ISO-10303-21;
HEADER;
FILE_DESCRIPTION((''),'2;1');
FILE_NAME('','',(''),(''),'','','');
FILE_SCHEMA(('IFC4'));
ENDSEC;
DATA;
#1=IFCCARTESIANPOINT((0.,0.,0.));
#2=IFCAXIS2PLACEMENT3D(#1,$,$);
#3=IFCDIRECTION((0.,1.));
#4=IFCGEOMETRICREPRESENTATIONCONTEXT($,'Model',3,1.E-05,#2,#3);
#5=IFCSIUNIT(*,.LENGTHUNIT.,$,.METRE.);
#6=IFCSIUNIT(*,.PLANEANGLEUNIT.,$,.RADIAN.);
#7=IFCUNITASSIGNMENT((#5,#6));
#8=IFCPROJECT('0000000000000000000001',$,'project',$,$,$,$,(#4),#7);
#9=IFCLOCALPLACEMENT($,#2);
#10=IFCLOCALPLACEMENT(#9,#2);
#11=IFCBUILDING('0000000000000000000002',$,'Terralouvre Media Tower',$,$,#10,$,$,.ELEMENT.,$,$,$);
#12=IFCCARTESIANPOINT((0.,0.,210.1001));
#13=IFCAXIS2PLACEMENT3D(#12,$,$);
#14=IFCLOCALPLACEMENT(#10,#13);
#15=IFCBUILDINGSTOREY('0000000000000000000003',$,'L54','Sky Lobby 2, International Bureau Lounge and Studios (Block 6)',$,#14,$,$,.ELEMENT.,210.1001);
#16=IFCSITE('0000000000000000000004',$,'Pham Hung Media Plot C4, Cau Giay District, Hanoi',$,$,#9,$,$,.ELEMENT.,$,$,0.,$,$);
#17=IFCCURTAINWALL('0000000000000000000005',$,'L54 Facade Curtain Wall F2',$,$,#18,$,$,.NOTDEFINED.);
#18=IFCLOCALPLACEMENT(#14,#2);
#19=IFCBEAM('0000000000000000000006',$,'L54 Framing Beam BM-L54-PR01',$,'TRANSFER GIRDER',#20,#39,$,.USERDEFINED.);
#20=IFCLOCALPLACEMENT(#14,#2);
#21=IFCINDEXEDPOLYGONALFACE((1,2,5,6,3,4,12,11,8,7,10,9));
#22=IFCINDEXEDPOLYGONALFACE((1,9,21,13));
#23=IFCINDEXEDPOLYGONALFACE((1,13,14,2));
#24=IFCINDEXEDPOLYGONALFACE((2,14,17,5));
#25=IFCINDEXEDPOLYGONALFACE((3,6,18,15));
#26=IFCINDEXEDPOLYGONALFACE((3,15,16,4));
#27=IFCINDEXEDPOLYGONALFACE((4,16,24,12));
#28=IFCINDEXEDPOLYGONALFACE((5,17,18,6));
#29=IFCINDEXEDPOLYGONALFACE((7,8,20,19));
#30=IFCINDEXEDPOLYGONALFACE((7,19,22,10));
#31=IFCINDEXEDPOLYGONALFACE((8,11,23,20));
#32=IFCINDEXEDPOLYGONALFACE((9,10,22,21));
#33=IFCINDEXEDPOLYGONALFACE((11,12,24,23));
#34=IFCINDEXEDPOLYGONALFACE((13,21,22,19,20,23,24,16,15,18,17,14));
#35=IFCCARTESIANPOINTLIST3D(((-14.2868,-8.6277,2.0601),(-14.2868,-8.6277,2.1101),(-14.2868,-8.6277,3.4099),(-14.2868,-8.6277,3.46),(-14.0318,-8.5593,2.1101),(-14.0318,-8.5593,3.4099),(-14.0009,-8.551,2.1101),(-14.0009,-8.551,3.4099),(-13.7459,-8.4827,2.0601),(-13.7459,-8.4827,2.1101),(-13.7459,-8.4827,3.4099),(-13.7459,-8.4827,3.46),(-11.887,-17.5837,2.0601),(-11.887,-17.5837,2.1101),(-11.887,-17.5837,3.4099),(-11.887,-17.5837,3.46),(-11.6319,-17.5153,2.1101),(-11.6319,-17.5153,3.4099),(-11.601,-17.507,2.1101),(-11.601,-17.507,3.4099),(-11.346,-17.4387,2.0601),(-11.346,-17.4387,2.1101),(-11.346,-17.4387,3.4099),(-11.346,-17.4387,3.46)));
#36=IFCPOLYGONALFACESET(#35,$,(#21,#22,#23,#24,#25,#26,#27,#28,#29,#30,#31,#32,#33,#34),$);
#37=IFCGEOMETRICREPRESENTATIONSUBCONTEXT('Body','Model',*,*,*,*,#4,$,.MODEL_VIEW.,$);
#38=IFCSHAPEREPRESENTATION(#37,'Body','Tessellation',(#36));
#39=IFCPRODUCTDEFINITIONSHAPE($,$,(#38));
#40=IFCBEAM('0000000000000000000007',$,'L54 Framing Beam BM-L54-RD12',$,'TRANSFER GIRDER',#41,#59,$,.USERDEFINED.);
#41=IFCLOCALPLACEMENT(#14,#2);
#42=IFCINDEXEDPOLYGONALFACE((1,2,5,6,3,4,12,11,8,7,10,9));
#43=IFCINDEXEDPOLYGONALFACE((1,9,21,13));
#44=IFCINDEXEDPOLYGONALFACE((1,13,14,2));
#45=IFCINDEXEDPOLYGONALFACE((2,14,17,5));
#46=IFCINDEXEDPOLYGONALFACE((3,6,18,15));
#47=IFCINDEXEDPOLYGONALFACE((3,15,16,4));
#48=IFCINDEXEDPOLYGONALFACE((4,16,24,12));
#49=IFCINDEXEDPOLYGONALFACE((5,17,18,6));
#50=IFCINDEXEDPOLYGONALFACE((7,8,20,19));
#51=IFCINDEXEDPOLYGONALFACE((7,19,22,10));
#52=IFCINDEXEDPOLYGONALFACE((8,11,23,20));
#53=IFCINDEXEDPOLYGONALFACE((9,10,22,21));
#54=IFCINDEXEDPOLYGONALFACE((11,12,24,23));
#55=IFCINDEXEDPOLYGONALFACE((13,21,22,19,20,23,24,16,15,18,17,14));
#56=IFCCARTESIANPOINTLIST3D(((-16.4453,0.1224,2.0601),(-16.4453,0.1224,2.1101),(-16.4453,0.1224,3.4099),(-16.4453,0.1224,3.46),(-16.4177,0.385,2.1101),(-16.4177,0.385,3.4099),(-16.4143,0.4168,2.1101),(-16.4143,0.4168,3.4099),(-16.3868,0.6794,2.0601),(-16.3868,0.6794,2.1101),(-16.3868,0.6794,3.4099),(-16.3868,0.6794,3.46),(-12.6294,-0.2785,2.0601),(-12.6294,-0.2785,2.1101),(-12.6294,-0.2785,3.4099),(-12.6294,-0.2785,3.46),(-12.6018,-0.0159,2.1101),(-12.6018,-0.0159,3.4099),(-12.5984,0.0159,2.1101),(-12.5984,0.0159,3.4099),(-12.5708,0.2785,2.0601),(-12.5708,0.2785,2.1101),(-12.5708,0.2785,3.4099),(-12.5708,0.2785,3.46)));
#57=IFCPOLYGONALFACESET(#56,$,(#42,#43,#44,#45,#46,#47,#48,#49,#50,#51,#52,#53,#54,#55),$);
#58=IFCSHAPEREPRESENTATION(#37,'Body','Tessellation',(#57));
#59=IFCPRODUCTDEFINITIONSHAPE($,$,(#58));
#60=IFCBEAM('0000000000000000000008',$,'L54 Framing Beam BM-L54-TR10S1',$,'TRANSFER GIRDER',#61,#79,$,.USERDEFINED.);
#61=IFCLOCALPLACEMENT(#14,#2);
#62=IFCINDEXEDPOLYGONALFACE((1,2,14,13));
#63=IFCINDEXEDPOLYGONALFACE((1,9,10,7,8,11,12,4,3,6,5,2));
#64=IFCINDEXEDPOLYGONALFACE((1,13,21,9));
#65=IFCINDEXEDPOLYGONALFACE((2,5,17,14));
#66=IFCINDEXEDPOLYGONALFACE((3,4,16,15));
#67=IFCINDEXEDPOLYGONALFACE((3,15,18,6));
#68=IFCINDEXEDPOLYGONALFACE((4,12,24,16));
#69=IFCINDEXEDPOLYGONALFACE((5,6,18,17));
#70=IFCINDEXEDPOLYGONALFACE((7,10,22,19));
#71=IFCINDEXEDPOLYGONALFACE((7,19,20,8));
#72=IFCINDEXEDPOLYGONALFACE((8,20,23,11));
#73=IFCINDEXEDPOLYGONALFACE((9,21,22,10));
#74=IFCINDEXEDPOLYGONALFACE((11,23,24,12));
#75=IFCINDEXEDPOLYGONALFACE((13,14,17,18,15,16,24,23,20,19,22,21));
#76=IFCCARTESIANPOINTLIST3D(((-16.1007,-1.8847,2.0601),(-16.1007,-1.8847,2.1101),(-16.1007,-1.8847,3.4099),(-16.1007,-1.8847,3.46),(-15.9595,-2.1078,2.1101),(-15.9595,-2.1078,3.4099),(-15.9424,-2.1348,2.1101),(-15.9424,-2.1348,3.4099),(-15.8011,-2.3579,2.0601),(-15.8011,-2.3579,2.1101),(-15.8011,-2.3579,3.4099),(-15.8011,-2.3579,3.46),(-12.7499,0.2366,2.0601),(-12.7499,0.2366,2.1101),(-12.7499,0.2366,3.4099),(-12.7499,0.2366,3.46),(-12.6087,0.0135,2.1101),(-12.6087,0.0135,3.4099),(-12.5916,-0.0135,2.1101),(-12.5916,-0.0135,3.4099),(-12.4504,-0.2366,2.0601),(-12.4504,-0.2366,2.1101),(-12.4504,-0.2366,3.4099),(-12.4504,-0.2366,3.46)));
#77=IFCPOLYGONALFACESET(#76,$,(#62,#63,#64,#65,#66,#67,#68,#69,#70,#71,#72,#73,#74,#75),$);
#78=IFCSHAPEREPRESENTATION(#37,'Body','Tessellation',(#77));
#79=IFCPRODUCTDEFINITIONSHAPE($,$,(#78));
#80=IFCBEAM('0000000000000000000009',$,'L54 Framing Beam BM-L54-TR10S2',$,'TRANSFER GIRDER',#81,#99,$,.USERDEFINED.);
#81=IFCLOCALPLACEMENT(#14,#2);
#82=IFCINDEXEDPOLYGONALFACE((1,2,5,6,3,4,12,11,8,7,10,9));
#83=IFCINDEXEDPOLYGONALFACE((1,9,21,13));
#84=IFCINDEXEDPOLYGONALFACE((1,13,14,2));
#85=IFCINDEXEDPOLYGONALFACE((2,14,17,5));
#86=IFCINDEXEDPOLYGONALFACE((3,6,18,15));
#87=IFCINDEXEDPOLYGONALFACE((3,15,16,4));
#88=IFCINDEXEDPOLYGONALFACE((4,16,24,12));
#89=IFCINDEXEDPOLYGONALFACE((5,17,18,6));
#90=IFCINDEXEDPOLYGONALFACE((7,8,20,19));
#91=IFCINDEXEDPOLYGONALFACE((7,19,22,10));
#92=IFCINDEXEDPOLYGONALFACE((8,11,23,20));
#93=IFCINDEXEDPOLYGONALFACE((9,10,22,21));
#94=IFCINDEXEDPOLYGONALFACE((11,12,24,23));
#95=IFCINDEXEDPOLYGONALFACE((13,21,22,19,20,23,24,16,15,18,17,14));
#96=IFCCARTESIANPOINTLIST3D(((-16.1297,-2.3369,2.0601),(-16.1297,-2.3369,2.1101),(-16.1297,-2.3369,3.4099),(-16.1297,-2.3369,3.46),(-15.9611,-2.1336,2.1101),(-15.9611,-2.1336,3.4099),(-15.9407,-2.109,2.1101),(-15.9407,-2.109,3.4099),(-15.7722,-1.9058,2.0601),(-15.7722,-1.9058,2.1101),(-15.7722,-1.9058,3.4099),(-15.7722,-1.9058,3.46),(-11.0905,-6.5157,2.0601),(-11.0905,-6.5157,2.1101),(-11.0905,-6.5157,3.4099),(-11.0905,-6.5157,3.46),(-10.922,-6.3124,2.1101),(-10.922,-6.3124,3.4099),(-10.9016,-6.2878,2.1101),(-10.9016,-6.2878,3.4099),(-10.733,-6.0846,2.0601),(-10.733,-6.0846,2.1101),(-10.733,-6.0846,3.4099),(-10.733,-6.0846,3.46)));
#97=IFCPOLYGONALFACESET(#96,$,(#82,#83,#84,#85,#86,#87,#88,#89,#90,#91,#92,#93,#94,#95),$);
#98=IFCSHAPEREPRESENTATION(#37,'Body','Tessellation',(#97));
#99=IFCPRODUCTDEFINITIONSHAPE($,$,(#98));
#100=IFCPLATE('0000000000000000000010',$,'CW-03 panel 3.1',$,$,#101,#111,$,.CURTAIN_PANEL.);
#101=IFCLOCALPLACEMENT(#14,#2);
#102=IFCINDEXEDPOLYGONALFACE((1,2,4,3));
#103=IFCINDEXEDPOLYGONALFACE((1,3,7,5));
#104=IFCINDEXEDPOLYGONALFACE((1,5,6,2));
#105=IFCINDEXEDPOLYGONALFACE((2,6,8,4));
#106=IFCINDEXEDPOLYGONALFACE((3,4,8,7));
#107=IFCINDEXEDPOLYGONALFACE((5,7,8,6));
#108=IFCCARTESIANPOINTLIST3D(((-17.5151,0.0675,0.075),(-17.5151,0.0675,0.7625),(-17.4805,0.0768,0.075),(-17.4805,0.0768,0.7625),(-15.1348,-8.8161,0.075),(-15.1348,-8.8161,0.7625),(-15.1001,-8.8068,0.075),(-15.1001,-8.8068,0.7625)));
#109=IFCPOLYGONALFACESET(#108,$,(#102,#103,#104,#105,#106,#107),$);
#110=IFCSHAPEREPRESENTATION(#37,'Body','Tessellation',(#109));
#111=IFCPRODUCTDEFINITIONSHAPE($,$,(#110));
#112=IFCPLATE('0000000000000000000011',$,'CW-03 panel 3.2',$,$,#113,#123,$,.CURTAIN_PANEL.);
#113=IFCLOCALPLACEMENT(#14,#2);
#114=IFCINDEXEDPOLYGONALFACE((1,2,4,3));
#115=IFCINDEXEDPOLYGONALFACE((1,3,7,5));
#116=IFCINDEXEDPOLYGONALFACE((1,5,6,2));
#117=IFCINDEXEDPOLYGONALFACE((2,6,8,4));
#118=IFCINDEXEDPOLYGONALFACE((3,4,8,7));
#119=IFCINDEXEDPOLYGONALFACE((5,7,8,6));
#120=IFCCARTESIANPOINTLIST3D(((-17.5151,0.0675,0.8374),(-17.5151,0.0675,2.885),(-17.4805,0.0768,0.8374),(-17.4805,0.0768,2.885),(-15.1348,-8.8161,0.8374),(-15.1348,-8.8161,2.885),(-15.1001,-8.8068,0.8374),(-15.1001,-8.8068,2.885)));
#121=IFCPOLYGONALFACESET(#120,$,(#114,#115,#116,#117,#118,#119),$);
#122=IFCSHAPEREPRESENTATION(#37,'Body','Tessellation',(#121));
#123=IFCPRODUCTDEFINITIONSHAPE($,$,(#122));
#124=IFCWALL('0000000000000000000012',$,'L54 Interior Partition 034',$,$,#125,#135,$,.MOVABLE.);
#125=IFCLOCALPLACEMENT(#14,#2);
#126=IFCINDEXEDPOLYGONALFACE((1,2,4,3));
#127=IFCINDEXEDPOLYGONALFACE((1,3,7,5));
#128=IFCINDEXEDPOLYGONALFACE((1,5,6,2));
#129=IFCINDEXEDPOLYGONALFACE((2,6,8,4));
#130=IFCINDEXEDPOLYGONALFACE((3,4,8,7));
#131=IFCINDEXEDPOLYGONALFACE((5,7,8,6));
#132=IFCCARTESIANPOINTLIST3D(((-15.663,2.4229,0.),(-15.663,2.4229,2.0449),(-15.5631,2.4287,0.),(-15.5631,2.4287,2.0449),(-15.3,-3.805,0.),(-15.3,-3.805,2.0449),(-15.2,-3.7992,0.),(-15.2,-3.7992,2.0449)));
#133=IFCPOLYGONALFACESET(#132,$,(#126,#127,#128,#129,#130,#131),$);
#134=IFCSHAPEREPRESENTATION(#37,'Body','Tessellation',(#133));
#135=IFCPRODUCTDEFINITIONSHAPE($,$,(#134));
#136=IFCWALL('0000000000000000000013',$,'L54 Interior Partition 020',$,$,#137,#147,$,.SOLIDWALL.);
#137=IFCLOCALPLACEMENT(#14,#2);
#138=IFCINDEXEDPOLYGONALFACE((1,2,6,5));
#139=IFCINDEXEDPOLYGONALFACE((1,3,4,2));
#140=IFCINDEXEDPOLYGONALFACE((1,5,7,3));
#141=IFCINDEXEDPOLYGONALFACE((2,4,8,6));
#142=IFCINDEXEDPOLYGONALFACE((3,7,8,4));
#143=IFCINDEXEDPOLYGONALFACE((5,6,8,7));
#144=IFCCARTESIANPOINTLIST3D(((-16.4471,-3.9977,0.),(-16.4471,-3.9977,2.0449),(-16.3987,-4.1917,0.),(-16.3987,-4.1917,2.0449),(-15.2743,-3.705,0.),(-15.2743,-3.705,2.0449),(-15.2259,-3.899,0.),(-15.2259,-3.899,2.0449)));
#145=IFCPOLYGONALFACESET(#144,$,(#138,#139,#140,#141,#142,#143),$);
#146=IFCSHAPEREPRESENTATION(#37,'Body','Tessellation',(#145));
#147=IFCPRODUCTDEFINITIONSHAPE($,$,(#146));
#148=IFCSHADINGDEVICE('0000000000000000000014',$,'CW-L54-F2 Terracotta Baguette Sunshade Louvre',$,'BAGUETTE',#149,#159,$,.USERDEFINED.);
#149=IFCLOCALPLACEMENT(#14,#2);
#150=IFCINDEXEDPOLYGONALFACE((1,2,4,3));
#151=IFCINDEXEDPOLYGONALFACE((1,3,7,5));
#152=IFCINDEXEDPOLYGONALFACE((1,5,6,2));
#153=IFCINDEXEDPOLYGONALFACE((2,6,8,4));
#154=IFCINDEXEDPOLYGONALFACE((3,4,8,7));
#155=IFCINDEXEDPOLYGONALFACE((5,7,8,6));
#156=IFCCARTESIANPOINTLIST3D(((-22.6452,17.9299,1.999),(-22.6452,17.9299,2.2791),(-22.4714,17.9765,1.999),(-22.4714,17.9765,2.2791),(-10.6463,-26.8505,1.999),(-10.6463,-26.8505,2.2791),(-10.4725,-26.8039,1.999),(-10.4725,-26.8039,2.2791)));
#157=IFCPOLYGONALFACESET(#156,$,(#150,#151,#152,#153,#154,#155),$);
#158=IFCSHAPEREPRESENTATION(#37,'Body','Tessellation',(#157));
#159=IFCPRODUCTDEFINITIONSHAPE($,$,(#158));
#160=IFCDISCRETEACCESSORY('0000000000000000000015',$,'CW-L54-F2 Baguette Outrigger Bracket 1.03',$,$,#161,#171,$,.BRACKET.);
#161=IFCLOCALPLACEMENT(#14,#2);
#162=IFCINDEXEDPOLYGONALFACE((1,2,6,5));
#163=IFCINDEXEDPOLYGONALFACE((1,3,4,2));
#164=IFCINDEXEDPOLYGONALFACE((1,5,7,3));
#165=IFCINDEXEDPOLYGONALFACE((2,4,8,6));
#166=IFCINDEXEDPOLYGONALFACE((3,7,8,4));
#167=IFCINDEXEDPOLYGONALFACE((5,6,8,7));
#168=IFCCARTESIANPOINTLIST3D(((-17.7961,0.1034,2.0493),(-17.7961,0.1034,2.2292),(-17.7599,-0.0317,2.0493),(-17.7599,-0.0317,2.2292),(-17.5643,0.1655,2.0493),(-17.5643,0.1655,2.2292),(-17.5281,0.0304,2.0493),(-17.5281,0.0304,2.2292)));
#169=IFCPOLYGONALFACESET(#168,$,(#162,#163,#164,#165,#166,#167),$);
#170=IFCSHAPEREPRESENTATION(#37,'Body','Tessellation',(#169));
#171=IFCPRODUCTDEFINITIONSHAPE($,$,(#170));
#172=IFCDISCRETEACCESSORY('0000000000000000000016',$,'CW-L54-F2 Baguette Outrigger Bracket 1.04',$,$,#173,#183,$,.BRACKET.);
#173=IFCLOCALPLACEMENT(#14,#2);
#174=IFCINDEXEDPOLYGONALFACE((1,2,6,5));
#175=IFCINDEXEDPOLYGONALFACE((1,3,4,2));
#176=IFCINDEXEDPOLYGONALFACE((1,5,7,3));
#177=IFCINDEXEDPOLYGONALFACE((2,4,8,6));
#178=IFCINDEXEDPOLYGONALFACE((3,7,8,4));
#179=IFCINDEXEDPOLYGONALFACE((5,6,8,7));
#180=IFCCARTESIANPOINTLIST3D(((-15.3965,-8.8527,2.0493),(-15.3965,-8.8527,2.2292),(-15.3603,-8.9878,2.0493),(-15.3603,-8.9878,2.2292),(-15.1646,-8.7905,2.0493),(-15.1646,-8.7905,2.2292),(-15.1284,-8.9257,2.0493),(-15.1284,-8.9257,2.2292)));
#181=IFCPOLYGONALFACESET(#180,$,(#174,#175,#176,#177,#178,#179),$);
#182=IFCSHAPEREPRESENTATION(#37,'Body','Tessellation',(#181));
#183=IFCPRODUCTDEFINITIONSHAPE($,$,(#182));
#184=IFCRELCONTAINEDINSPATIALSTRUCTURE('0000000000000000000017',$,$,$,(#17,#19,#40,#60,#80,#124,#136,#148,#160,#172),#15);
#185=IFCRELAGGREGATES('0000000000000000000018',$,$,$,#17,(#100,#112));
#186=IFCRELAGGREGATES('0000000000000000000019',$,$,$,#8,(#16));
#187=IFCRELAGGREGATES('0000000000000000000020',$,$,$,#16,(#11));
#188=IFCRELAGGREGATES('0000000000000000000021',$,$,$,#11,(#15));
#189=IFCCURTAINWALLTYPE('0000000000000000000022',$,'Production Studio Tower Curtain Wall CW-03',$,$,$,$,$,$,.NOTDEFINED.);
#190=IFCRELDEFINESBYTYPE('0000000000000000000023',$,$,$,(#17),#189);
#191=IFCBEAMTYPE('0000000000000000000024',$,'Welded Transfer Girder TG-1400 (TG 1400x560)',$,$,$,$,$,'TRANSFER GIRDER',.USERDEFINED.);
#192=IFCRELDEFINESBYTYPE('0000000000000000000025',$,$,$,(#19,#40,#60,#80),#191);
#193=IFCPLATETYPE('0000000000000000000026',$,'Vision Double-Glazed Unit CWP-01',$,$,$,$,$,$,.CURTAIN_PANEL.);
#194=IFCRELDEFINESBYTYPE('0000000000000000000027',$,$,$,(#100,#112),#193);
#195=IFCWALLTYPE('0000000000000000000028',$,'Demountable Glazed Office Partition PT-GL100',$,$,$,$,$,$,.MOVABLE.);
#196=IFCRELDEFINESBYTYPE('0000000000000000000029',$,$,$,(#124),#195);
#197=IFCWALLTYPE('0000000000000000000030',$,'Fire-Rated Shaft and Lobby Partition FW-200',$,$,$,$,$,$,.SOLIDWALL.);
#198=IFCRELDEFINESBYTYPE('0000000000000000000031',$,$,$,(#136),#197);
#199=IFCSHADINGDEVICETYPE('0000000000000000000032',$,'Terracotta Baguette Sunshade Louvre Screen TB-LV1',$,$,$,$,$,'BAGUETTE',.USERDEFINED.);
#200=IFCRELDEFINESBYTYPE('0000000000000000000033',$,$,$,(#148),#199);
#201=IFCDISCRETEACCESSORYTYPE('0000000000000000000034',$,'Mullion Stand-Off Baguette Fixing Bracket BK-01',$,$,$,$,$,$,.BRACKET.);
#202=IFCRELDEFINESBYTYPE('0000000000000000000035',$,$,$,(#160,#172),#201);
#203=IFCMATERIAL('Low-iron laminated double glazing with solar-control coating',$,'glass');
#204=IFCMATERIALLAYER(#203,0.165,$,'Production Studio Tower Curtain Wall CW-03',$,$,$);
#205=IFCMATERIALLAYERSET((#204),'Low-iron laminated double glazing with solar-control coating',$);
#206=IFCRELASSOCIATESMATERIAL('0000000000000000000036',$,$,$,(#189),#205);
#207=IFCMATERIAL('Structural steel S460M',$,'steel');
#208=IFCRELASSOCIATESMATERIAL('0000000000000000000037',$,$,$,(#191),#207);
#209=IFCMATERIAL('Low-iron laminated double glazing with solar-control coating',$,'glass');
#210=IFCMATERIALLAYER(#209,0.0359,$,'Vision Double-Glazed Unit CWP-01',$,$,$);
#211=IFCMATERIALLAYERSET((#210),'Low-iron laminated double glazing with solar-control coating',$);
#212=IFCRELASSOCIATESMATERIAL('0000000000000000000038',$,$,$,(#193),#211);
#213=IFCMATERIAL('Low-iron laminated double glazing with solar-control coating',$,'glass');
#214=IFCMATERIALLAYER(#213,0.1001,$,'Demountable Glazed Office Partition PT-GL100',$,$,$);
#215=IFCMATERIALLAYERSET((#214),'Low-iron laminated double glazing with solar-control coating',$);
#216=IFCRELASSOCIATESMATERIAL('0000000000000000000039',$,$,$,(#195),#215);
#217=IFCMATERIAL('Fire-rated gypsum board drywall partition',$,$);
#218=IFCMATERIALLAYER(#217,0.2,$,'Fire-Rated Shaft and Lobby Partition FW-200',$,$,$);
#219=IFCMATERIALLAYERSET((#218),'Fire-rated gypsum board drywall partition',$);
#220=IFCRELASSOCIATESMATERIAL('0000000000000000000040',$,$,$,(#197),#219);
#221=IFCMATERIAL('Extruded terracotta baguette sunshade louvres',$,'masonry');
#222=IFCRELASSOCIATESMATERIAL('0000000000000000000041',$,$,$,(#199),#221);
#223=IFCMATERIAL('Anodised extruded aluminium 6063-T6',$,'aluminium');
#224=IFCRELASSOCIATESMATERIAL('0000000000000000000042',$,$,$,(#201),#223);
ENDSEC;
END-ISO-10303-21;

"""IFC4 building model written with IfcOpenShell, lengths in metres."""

from ifc_helpers import new_model, si_unit, direction, frame, frame_2d, origin, origin_2d, place, context, subcontext, project, spatial, rectangle, i_section, extrude, material, layer, layer_set, material_profile, profile_set, type_object, element, aggregate, save


model = new_model("IFC4")

# Units and contexts
model_context = context("Model", 3, precision=1e-05, world=origin(), true_north=direction((0.0, 1.0)))
body_context = subcontext(model_context, "Body", "Model", "MODEL_VIEW")
ifc_project = project(units=[si_unit("LENGTHUNIT", "METRE"), si_unit("PLANEANGLEUNIT", "RADIAN")], contexts=[model_context])

# Site, building, storey
site_placement = place(None, origin())
site = spatial("IfcSite", under=ifc_project, at=site_placement, Name="Pham Hung Media Plot C4, Cau Giay District, Hanoi", CompositionType="ELEMENT", RefElevation=0.0)
building_placement = place(site_placement, origin())
building = spatial("IfcBuilding", under=site, at=building_placement, Name="Terralouvre Media Tower", CompositionType="ELEMENT")
storey_placement = place(building_placement, frame((0.0, 0.0, 210.1001)))
storey = spatial("IfcBuildingStorey", under=building, at=storey_placement, Name="L54", Description="Sky Lobby 2, International Bureau Lounge and Studios (Block 6)", CompositionType="ELEMENT", Elevation=210.1001)

# Curtain wall
ifc_material_1 = material(Name="Low-iron laminated double glazing with solar-control coating", Category="glass")
ifc_layer_1 = layer(ifc_material_1, 0.165, Name="Production Studio Tower Curtain Wall CW-03")
ifc_layer_set_1 = layer_set([ifc_layer_1], Name="Low-iron laminated double glazing with solar-control coating")
curtain_wall_type = type_object("IfcCurtainWallType", Name="Production Studio Tower Curtain Wall CW-03", PredefinedType="NOTDEFINED", material=ifc_layer_set_1)
curtain_wall_placement = place(storey_placement, origin())
curtain_wall = element("IfcCurtainWall", 1, at=curtain_wall_placement, inside=storey, type_object=curtain_wall_type, Name="L54 Facade Curtain Wall F2", PredefinedType="NOTDEFINED")

# Beams
ifc_material_2 = material(Name="Structural steel S460M", Category="steel")
ifc_material_profile_1 = material_profile(ifc_material_2, i_section(OverallWidth=0.5601, OverallDepth=1.3999, WebThickness=0.032, FlangeThickness=0.05, at=origin_2d()), Name="TG 1400x560")
ifc_profile_set_1 = profile_set([ifc_material_profile_1], Name="Structural steel S460M")
beam_type_1 = type_object("IfcBeamType", Name="Welded Transfer Girder TG-1400 (TG 1400x560)", ElementType="TRANSFER GIRDER", PredefinedType="USERDEFINED", material=ifc_profile_set_1)
beam_1_placement = place(storey_placement, frame((-14.0164, -8.5552, 2.76), z_axis=(0.258833, -0.965922, 0.0), x_axis=(0.965922, 0.258833, 0.0)))
element("IfcBeam", 2, at=beam_1_placement, inside=storey, type_object=beam_type_1, Name="L54 Framing Beam BM-L54-PR01", ObjectType="TRANSFER GIRDER", PredefinedType="USERDEFINED", context=body_context, shape_type="SweptSolid", body=[
    extrude(i_section(OverallWidth=0.5601, OverallDepth=1.3999, WebThickness=0.032, FlangeThickness=0.05, at=origin_2d()), origin(), (0.0, 0.0, 1.0), 9.272),
])
beam_2_placement = place(storey_placement, frame((-12.6001, 0.0, 2.76), z_axis=(-0.994527, 0.104479, 0.0), x_axis=(-0.104479, -0.994527, 0.0)))
element("IfcBeam", 3, at=beam_2_placement, inside=storey, type_object=beam_type_1, Name="L54 Framing Beam BM-L54-RD12", ObjectType="TRANSFER GIRDER", PredefinedType="USERDEFINED", context=body_context, shape_type="SweptSolid", body=[
    extrude(i_section(OverallWidth=0.5601, OverallDepth=1.3999, WebThickness=0.032, FlangeThickness=0.05, at=origin_2d()), origin(), (0.0, 0.0, 1.0), 3.8369),
])
beam_3_placement = place(storey_placement, frame((-15.9509, -2.1213, 2.76), z_axis=(0.844916, 0.534898, 0.0), x_axis=(-0.534898, 0.844916, 0.0)))
element("IfcBeam", 4, at=beam_3_placement, inside=storey, type_object=beam_type_1, Name="L54 Framing Beam BM-L54-TR10S1", ObjectType="TRANSFER GIRDER", PredefinedType="USERDEFINED", context=body_context, shape_type="SweptSolid", body=[
    extrude(i_section(OverallWidth=0.5601, OverallDepth=1.3999, WebThickness=0.032, FlangeThickness=0.05, at=origin_2d()), origin(), (0.0, 0.0, 1.0), 3.9658),
])
beam_4_placement = place(storey_placement, frame((-15.9509, -2.1213, 2.76), z_axis=(0.76976, -0.638334, 0.0), x_axis=(0.638334, 0.76976, 0.0)))
element("IfcBeam", 5, at=beam_4_placement, inside=storey, type_object=beam_type_1, Name="L54 Framing Beam BM-L54-TR10S2", ObjectType="TRANSFER GIRDER", PredefinedType="USERDEFINED", context=body_context, shape_type="SweptSolid", body=[
    extrude(i_section(OverallWidth=0.5601, OverallDepth=1.3999, WebThickness=0.032, FlangeThickness=0.05, at=origin_2d()), origin(), (0.0, 0.0, 1.0), 6.5464),
])

# Plates
ifc_material_3 = material(Name="Low-iron laminated double glazing with solar-control coating", Category="glass")
ifc_layer_2 = layer(ifc_material_3, 0.0359, Name="Vision Double-Glazed Unit CWP-01")
ifc_layer_set_2 = layer_set([ifc_layer_2], Name="Low-iron laminated double glazing with solar-control coating")
plate_type = type_object("IfcPlateType", Name="Vision Double-Glazed Unit CWP-01", PredefinedType="CURTAIN_PANEL", material=ifc_layer_set_2)
plate_1_placement = place(storey_placement, frame((-16.3076, -4.3696, 0.075), z_axis=(0.0, 0.0, 1.0), x_axis=(0.258819, -0.965926, 0.0)))
plate_1 = element("IfcPlate", 6, at=plate_1_placement, type_object=plate_type, Name="CW-03 panel 3.1", PredefinedType="CURTAIN_PANEL", context=body_context, shape_type="SweptSolid", body=[
    extrude(rectangle(XDim=9.197, YDim=0.0359, at=origin_2d()), origin(), (0.0, 0.0, 1.0), 0.6875),
])
plate_2_placement = place(storey_placement, frame((-16.3076, -4.3696, 0.8374), z_axis=(0.0, 0.0, 1.0), x_axis=(0.258819, -0.965926, 0.0)))
plate_2 = element("IfcPlate", 7, at=plate_2_placement, type_object=plate_type, Name="CW-03 panel 3.2", PredefinedType="CURTAIN_PANEL", context=body_context, shape_type="SweptSolid", body=[
    extrude(rectangle(XDim=9.197, YDim=0.0359, at=origin_2d()), origin(), (0.0, 0.0, 1.0), 2.0476),
])
aggregate(curtain_wall, [plate_1, plate_2])

# Walls
ifc_material_4 = material(Name="Low-iron laminated double glazing with solar-control coating", Category="glass")
ifc_layer_3 = layer(ifc_material_4, 0.1001, Name="Demountable Glazed Office Partition PT-GL100")
ifc_layer_set_3 = layer_set([ifc_layer_3], Name="Low-iron laminated double glazing with solar-control coating")
wall_type_1 = type_object("IfcWallType", Name="Demountable Glazed Office Partition PT-GL100", PredefinedType="MOVABLE", material=ifc_layer_set_3)
wall_1_placement = place(storey_placement, frame((-15.25, -3.802, 0.0), z_axis=(0.0, 0.0, 1.0), x_axis=(-0.058192, 0.998305, 0.0)))
element("IfcWall", 8, at=wall_1_placement, inside=storey, type_object=wall_type_1, Name="L54 Interior Partition 034", PredefinedType="MOVABLE", context=body_context, shape_type="SweptSolid", body=[
    extrude(rectangle(XDim=6.2385, YDim=0.1001, at=frame_2d((3.1191, 0.0))), origin(), (0.0, 0.0, 1.0), 2.0449),
])
ifc_material_5 = material(Name="Fire-rated gypsum board drywall partition")
ifc_layer_4 = layer(ifc_material_5, 0.2, Name="Fire-Rated Shaft and Lobby Partition FW-200")
ifc_layer_set_4 = layer_set([ifc_layer_4], Name="Fire-rated gypsum board drywall partition")
wall_type_2 = type_object("IfcWallType", Name="Fire-Rated Shaft and Lobby Partition FW-200", PredefinedType="SOLIDWALL", material=ifc_layer_set_4)
wall_2_placement = place(storey_placement, frame((-15.25, -3.802, 0.0), z_axis=(0.0, 0.0, 1.0), x_axis=(-0.970237, -0.242155, 0.0)))
element("IfcWall", 9, at=wall_2_placement, inside=storey, type_object=wall_type_2, Name="L54 Interior Partition 020", PredefinedType="SOLIDWALL", context=body_context, shape_type="SweptSolid", body=[
    extrude(rectangle(XDim=1.2087, YDim=0.2, at=frame_2d((0.6045, 0.0))), origin(), (0.0, 0.0, 1.0), 2.0449),
])

# Shading device
ifc_material_6 = material(Name="Extruded terracotta baguette sunshade louvres", Category="masonry")
shading_device_type = type_object("IfcShadingDeviceType", Name="Terracotta Baguette Sunshade Louvre Screen TB-LV1", ElementType="BAGUETTE", PredefinedType="USERDEFINED", material=ifc_material_6)
shading_device_placement = place(storey_placement, frame((-16.5588, -4.437, 1.999), z_axis=(0.0, 0.0, 1.0), x_axis=(0.258819, -0.965926, 0.0)))
element("IfcShadingDevice", 10, at=shading_device_placement, inside=storey, type_object=shading_device_type, Name="CW-L54-F2 Terracotta Baguette Sunshade Louvre", ObjectType="BAGUETTE", PredefinedType="USERDEFINED", context=body_context, shape_type="SweptSolid", body=[
    extrude(rectangle(XDim=46.3601, YDim=0.1799, at=origin_2d()), origin(), (0.0, 0.0, 1.0), 0.28),
])

# Discrete accessories
ifc_material_7 = material(Name="Anodised extruded aluminium 6063-T6", Category="aluminium")
discrete_accessory_type = type_object("IfcDiscreteAccessoryType", Name="Mullion Stand-Off Baguette Fixing Bracket BK-01", PredefinedType="BRACKET", material=ifc_material_7)
for number, where, z_axis, x_axis, name in (
    (11, (-17.6621, 0.0669, 2.0493), (0.0, 0.0, 1.0), (0.258819, -0.965926, 0.0), "CW-L54-F2 Baguette Outrigger Bracket 1.03"),
    (12, (-15.2625, -8.8892, 2.0493), (0.0, 0.0, 1.0), (0.258819, -0.965926, 0.0), "CW-L54-F2 Baguette Outrigger Bracket 1.04"),
):
    element("IfcDiscreteAccessory", number, at=place(storey_placement, frame(where, z_axis=z_axis, x_axis=x_axis)), inside=storey, type_object=discrete_accessory_type, Name=name, PredefinedType="BRACKET", context=body_context, shape_type="SweptSolid", body=[
        extrude(rectangle(XDim=0.1399, YDim=0.24, at=origin_2d()), origin(), (0.0, 0.0, 1.0), 0.1799),
    ])

save(model, "model.ifc")
